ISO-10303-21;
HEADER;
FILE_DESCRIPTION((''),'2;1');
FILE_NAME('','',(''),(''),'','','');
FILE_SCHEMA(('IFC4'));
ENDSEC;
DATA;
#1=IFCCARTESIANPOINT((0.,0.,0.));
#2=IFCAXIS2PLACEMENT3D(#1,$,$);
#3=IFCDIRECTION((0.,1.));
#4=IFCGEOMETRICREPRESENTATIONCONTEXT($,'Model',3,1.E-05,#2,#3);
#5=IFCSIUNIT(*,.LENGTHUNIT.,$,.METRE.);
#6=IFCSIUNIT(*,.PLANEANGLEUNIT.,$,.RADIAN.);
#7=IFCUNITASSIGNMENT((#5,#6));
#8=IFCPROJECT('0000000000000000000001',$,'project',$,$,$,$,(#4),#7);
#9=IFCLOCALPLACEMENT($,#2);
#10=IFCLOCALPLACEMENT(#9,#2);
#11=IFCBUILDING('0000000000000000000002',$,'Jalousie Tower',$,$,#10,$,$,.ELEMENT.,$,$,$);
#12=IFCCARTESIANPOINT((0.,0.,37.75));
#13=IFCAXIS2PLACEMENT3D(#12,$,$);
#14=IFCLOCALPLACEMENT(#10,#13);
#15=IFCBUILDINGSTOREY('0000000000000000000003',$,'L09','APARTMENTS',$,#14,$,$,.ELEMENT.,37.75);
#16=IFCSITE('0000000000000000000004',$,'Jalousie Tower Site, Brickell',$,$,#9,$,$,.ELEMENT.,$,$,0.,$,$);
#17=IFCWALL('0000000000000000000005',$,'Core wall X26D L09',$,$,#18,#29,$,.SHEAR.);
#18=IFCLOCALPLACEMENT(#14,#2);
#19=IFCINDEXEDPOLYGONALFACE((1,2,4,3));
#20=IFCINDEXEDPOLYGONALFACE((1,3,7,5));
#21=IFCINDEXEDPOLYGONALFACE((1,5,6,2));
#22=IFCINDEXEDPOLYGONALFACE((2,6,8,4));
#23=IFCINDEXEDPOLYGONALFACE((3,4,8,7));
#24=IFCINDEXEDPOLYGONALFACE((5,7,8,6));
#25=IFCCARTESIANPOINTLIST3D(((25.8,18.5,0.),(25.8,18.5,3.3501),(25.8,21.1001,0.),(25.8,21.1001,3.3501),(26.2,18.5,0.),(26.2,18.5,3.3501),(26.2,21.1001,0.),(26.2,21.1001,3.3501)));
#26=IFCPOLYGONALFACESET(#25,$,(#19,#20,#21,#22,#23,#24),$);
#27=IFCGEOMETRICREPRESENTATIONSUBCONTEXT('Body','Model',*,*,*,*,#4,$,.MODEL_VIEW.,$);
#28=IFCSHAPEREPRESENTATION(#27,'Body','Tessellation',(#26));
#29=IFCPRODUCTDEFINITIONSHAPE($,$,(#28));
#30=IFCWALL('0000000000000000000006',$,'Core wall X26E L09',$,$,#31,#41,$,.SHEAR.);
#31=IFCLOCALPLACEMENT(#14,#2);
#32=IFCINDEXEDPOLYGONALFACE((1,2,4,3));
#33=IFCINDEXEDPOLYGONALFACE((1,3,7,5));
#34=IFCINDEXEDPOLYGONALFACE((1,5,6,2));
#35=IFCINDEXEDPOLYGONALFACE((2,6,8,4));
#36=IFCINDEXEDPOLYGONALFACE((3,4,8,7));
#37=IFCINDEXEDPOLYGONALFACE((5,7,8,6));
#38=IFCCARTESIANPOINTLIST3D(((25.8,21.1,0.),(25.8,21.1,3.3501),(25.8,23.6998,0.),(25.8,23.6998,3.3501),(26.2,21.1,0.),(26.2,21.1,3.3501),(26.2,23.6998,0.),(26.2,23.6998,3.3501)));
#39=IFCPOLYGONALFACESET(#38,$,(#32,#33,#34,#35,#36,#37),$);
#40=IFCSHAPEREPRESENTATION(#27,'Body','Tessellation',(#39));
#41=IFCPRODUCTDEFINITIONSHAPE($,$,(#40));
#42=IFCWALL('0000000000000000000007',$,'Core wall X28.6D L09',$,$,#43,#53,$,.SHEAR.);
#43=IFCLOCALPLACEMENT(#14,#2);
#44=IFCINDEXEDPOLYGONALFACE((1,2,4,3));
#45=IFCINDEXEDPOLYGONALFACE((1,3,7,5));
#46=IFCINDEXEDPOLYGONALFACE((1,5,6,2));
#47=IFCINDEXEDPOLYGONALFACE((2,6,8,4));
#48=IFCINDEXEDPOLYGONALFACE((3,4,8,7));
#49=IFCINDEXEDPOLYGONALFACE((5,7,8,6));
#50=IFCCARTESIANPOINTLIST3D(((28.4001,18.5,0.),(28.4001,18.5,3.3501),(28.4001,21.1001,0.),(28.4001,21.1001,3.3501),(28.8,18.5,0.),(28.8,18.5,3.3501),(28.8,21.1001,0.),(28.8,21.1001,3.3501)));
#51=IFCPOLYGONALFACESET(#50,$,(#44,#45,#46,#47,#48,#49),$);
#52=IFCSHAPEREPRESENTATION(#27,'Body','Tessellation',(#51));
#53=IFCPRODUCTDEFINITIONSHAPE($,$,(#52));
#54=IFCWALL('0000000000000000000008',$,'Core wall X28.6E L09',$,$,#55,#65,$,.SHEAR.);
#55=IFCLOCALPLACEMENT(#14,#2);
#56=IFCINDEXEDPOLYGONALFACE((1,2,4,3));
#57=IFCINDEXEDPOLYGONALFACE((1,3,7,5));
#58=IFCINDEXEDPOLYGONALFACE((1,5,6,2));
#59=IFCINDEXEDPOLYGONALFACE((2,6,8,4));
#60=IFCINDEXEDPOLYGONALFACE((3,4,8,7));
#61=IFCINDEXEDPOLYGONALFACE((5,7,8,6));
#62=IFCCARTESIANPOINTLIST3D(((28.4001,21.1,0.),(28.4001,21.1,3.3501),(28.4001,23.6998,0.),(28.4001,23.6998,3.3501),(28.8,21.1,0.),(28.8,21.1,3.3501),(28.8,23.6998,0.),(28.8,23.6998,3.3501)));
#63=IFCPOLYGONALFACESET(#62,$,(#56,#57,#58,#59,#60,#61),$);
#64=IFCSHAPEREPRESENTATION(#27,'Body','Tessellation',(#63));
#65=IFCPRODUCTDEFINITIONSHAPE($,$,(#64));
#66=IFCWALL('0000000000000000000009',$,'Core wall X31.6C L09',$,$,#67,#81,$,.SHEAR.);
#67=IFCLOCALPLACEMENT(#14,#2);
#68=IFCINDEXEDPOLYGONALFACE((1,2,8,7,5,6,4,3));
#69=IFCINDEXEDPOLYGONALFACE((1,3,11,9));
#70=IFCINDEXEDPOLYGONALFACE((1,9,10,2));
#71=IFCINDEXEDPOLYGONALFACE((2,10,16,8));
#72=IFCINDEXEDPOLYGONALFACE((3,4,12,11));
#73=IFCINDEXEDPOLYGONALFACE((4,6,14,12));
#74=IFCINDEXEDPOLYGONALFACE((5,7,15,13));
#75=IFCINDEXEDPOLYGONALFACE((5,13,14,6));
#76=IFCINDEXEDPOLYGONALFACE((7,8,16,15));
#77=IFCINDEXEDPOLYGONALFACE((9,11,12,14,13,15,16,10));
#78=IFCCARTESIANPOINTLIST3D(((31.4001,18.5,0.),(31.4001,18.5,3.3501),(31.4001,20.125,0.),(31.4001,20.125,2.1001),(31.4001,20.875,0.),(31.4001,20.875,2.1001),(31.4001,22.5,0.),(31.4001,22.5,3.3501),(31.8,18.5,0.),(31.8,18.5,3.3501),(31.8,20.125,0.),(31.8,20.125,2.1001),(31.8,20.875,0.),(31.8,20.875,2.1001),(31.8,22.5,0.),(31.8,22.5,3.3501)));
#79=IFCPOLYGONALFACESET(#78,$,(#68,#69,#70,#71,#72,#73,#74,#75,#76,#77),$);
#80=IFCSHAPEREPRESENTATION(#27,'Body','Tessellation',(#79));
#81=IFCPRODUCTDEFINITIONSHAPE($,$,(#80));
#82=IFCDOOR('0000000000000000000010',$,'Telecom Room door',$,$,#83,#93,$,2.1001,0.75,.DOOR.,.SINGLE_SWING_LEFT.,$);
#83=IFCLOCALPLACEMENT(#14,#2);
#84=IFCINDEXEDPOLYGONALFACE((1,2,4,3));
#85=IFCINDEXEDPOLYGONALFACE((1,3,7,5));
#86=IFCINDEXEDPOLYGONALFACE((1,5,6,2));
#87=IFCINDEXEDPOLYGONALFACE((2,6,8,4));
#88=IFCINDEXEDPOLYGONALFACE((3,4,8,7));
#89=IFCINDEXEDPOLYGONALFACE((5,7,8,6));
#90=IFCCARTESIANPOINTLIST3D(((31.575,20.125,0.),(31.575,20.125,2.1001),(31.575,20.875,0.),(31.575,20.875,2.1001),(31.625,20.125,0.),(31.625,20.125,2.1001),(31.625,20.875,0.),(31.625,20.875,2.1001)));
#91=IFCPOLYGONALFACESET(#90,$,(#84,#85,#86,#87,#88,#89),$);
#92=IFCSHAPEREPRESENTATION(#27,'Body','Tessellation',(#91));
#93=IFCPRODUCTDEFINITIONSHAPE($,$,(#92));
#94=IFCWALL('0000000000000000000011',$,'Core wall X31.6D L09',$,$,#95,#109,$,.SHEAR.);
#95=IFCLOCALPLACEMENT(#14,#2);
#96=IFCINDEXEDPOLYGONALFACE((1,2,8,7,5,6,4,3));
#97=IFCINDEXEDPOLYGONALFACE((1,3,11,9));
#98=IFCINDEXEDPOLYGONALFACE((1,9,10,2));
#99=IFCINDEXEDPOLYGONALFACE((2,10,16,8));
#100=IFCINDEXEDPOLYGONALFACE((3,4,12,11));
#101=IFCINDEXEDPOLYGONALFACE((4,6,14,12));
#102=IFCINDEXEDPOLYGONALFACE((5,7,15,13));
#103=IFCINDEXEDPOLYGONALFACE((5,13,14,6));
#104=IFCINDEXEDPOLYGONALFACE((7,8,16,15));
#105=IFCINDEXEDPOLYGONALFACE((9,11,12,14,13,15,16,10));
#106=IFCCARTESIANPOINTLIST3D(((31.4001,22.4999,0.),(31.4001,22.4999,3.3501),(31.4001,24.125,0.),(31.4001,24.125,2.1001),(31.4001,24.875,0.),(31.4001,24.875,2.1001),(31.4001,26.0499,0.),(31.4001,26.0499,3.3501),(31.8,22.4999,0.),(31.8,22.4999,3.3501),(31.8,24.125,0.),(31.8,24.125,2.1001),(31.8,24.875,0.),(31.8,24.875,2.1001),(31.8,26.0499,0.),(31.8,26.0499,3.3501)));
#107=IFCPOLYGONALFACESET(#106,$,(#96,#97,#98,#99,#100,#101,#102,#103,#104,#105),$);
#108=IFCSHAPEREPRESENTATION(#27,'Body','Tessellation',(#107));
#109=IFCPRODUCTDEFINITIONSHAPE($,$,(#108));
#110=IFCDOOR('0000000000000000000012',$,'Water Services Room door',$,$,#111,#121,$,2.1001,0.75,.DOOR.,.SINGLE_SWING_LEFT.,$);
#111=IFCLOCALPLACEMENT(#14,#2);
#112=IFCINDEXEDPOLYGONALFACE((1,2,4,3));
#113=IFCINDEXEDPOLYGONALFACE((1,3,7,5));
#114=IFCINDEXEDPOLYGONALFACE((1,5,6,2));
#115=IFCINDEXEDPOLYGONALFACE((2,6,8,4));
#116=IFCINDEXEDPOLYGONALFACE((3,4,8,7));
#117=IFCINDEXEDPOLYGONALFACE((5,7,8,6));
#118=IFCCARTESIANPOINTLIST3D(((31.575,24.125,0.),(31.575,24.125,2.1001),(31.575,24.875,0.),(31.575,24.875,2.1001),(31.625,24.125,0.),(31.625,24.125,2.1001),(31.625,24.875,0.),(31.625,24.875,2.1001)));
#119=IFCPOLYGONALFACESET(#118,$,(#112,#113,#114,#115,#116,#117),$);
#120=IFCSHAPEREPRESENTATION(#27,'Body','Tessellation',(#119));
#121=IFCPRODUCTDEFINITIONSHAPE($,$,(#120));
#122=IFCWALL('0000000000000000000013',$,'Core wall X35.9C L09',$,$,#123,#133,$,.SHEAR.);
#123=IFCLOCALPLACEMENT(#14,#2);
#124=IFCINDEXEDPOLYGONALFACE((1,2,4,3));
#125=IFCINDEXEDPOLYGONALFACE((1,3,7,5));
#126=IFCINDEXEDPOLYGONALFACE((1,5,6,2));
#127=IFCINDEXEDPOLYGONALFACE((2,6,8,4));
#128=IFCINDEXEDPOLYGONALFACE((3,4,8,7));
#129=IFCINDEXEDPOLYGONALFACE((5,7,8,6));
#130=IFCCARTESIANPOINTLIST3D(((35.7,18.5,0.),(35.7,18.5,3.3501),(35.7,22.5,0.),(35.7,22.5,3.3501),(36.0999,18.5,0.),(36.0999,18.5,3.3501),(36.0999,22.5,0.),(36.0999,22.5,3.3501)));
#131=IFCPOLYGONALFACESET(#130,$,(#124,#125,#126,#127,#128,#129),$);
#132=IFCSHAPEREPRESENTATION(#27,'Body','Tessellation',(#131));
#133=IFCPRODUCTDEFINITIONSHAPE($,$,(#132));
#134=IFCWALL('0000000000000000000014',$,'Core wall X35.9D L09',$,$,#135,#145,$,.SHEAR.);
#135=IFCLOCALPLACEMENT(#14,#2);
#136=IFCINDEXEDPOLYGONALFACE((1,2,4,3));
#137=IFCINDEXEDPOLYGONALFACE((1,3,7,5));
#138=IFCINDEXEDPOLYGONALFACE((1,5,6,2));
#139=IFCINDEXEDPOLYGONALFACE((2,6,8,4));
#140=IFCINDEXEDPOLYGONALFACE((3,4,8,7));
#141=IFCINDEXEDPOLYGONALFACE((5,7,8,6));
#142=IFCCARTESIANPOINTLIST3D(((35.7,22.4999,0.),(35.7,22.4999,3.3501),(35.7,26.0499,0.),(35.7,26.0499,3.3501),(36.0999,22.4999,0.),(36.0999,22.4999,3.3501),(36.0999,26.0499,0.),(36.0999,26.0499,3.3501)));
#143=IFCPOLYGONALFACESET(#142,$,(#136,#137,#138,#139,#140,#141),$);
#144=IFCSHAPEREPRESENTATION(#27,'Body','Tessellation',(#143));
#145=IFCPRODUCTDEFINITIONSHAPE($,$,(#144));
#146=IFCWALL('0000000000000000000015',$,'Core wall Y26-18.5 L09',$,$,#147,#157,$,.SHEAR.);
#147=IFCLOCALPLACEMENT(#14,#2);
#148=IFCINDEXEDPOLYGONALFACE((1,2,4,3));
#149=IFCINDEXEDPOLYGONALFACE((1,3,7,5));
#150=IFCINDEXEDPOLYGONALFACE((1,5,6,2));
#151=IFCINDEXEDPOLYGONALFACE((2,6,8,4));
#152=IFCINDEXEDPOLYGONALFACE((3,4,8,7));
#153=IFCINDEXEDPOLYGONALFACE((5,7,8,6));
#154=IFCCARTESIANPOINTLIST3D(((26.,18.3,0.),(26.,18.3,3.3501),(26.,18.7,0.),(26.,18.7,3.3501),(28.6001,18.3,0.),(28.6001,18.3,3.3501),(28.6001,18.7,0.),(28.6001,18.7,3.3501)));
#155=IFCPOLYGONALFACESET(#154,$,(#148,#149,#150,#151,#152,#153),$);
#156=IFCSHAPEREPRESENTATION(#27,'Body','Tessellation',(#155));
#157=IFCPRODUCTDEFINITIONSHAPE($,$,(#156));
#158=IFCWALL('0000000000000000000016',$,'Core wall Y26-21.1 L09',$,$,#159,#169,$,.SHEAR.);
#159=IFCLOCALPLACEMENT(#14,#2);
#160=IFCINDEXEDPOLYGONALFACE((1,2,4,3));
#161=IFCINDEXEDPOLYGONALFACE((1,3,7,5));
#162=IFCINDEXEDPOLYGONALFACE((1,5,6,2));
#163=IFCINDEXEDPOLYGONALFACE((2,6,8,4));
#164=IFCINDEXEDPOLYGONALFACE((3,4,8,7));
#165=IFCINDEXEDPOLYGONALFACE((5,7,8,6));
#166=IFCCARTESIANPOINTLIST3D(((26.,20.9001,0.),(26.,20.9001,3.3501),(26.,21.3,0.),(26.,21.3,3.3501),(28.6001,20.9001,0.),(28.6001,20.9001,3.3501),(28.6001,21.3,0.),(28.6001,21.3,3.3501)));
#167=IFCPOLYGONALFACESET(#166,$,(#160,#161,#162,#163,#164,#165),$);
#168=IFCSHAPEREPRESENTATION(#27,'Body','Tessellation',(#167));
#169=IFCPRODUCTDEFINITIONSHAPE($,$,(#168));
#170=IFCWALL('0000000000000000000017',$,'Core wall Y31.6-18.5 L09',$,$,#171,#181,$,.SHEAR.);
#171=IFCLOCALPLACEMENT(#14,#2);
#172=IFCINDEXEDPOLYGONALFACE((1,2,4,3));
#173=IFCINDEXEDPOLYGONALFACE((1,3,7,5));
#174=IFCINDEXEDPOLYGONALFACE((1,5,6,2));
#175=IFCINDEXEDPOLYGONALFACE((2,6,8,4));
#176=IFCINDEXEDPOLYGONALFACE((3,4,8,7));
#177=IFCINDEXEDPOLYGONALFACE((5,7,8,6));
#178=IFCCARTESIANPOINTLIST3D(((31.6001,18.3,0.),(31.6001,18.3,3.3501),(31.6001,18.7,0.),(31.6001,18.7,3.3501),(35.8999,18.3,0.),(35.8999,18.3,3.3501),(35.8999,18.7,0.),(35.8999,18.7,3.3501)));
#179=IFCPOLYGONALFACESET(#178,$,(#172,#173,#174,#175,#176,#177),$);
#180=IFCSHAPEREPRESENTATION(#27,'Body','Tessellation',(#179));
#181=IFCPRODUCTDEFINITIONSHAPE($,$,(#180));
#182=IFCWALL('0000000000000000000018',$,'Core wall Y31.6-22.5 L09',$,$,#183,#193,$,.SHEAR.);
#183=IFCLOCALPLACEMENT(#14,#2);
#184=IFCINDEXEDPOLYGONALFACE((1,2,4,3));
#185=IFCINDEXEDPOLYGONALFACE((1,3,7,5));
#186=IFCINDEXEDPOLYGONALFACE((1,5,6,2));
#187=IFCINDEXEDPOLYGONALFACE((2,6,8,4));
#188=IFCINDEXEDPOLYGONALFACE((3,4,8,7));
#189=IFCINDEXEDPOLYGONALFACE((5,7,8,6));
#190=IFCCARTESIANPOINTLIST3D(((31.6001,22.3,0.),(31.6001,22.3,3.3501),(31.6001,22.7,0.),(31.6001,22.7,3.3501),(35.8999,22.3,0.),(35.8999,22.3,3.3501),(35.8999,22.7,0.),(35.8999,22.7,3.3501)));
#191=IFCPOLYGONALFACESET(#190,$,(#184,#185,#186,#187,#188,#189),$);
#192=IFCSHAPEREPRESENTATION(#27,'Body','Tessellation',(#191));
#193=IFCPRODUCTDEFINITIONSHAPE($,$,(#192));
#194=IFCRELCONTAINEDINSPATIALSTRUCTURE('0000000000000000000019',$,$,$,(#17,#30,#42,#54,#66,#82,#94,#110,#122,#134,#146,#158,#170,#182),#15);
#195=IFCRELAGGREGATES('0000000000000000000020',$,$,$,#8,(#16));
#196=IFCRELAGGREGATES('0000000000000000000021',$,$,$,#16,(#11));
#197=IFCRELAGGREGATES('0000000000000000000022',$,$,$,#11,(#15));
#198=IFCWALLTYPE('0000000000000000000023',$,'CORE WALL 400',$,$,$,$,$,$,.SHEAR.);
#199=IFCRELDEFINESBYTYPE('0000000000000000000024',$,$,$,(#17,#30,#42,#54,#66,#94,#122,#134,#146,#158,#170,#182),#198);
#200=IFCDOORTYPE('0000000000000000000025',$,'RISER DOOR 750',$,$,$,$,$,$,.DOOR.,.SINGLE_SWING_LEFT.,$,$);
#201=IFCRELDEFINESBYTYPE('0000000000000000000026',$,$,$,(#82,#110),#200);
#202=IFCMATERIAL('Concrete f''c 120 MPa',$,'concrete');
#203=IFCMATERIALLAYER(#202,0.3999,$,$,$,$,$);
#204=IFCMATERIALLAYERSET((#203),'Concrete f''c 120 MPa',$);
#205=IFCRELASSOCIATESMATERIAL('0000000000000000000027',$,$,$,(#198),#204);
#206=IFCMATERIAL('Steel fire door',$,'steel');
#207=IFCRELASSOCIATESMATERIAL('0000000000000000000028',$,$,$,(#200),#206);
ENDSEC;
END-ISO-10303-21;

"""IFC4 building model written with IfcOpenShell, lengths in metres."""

from ifc_helpers import new_model, si_unit, direction, frame, frame_2d, origin, place, context, subcontext, project, spatial, rectangle, extrude, material, layer, layer_set, type_object, element, fill, save


model = new_model("IFC4")

# Units and contexts
model_context = context("Model", 3, precision=1e-05, world=origin(), true_north=direction((0.0, 1.0)))
body_context = subcontext(model_context, "Body", "Model", "MODEL_VIEW")
ifc_project = project(units=[si_unit("LENGTHUNIT", "METRE"), si_unit("PLANEANGLEUNIT", "RADIAN")], contexts=[model_context])

# Site, building, storey
site_placement = place(None, origin())
site = spatial("IfcSite", under=ifc_project, at=site_placement, Name="Jalousie Tower Site, Brickell", CompositionType="ELEMENT", RefElevation=0.0)
building_placement = place(site_placement, origin())
building = spatial("IfcBuilding", under=site, at=building_placement, Name="Jalousie Tower", CompositionType="ELEMENT")
storey_placement = place(building_placement, frame((0.0, 0.0, 37.75)))
storey = spatial("IfcBuildingStorey", under=building, at=storey_placement, Name="L09", Description="APARTMENTS", CompositionType="ELEMENT", Elevation=37.75)

# Walls
ifc_material_1 = material(Name="Concrete f'c 120 MPa", Category="concrete")
ifc_layer = layer(ifc_material_1, 0.3999)
ifc_layer_set = layer_set([ifc_layer], Name="Concrete f'c 120 MPa")
wall_type = type_object("IfcWallType", Name="CORE WALL 400", PredefinedType="SHEAR", material=ifc_layer_set)
wall_1_placement = place(storey_placement, frame((26.0, 18.5, 0.0), z_axis=(0.0, 0.0, 1.0), x_axis=(0.0, 1.0, 0.0)))
element("IfcWall", 1, at=wall_1_placement, inside=storey, type_object=wall_type, Name="Core wall X26D L09", PredefinedType="SHEAR", context=body_context, shape_type="SweptSolid", body=[
    extrude(rectangle(XDim=2.6001, YDim=0.3999, at=frame_2d((1.3, 0.0))), origin(), (0.0, 0.0, 1.0), 3.3501),
])
wall_2_placement = place(storey_placement, frame((26.0, 21.1001, 0.0), z_axis=(0.0, 0.0, 1.0), x_axis=(0.0, 1.0, 0.0)))
element("IfcWall", 2, at=wall_2_placement, inside=storey, type_object=wall_type, Name="Core wall X26E L09", PredefinedType="SHEAR", context=body_context, shape_type="SweptSolid", body=[
    extrude(rectangle(XDim=2.5999, YDim=0.3999, at=frame_2d((1.2998, 0.0))), origin(), (0.0, 0.0, 1.0), 3.3501),
])
wall_3_placement = place(storey_placement, frame((28.6001, 18.5, 0.0), z_axis=(0.0, 0.0, 1.0), x_axis=(0.0, 1.0, 0.0)))
element("IfcWall", 3, at=wall_3_placement, inside=storey, type_object=wall_type, Name="Core wall X28.6D L09", PredefinedType="SHEAR", context=body_context, shape_type="SweptSolid", body=[
    extrude(rectangle(XDim=2.6001, YDim=0.3999, at=frame_2d((1.3, 0.0))), origin(), (0.0, 0.0, 1.0), 3.3501),
])
wall_4_placement = place(storey_placement, frame((28.6001, 21.1001, 0.0), z_axis=(0.0, 0.0, 1.0), x_axis=(0.0, 1.0, 0.0)))
element("IfcWall", 4, at=wall_4_placement, inside=storey, type_object=wall_type, Name="Core wall X28.6E L09", PredefinedType="SHEAR", context=body_context, shape_type="SweptSolid", body=[
    extrude(rectangle(XDim=2.5999, YDim=0.3999, at=frame_2d((1.2998, 0.0))), origin(), (0.0, 0.0, 1.0), 3.3501),
])

# Walls, openings, doors
wall_5_placement = place(storey_placement, frame((31.6001, 18.5, 0.0), z_axis=(0.0, 0.0, 1.0), x_axis=(0.0, 1.0, 0.0)))
wall_5 = element("IfcWall", 5, at=wall_5_placement, inside=storey, type_object=wall_type, Name="Core wall X31.6C L09", PredefinedType="SHEAR", context=body_context, shape_type="SweptSolid", body=[
    extrude(rectangle(XDim=4.0, YDim=0.3999, at=frame_2d((2.0, 0.0))), origin(), (0.0, 0.0, 1.0), 3.3501),
])
opening_1_placement = place(wall_5_placement, frame((1.625, 0.0, 0.0)))
opening_1 = element("IfcOpeningElement", 6, at=opening_1_placement, cuts=wall_5, PredefinedType="OPENING", context=body_context, shape_type="SweptSolid", body=[
    extrude(rectangle(XDim=0.75, YDim=2.1001, at=frame_2d((0.375, 1.05))), frame((0.0, 0.21, 0.0), z_axis=(0.0, -1.0, 0.0), x_axis=(1.0, 0.0, 0.0)), (0.0, 0.0, 1.0), 0.4199),
])
ifc_material_2 = material(Name="Steel fire door", Category="steel")
door_type = type_object("IfcDoorType", Name="RISER DOOR 750", OperationType="SINGLE_SWING_LEFT", PredefinedType="DOOR", material=ifc_material_2)
door_1_placement = place(opening_1_placement, frame((0.75, 0.0, 0.0), z_axis=(0.0, 0.0, 1.0), x_axis=(-1.0, 0.0, 0.0)))
door_1 = element("IfcDoor", 7, at=door_1_placement, inside=storey, type_object=door_type, Name="Telecom Room door", OperationType="SINGLE_SWING_LEFT", OverallHeight=2.1001, OverallWidth=0.75, PredefinedType="DOOR", context=body_context, shape_type="SweptSolid", body=[
    extrude(rectangle(XDim=0.75, YDim=2.1001, at=frame_2d((0.375, 1.05))), frame((0.0, 0.0249, 0.0), z_axis=(0.0, -1.0, 0.0), x_axis=(1.0, 0.0, 0.0)), (0.0, 0.0, 1.0), 0.05),
])
fill(opening_1, door_1)
wall_6_placement = place(storey_placement, frame((31.6001, 22.5, 0.0), z_axis=(0.0, 0.0, 1.0), x_axis=(0.0, 1.0, 0.0)))
wall_6 = element("IfcWall", 8, at=wall_6_placement, inside=storey, type_object=wall_type, Name="Core wall X31.6D L09", PredefinedType="SHEAR", context=body_context, shape_type="SweptSolid", body=[
    extrude(rectangle(XDim=3.55, YDim=0.3999, at=frame_2d((1.7749, 0.0))), origin(), (0.0, 0.0, 1.0), 3.3501),
])
opening_2_placement = place(wall_6_placement, frame((1.625, 0.0, 0.0)))
opening_2 = element("IfcOpeningElement", 9, at=opening_2_placement, cuts=wall_6, PredefinedType="OPENING", context=body_context, shape_type="SweptSolid", body=[
    extrude(rectangle(XDim=0.75, YDim=2.1001, at=frame_2d((0.375, 1.05))), frame((0.0, 0.21, 0.0), z_axis=(0.0, -1.0, 0.0), x_axis=(1.0, 0.0, 0.0)), (0.0, 0.0, 1.0), 0.4199),
])
door_2_placement = place(opening_2_placement, frame((0.75, 0.0, 0.0), z_axis=(0.0, 0.0, 1.0), x_axis=(-1.0, 0.0, 0.0)))
door_2 = element("IfcDoor", 10, at=door_2_placement, inside=storey, type_object=door_type, Name="Water Services Room door", OperationType="SINGLE_SWING_LEFT", OverallHeight=2.1001, OverallWidth=0.75, PredefinedType="DOOR", context=body_context, shape_type="SweptSolid", body=[
    extrude(rectangle(XDim=0.75, YDim=2.1001, at=frame_2d((0.375, 1.05))), frame((0.0, 0.0249, 0.0), z_axis=(0.0, -1.0, 0.0), x_axis=(1.0, 0.0, 0.0)), (0.0, 0.0, 1.0), 0.05),
])
fill(opening_2, door_2)

# Walls
wall_7_placement = place(storey_placement, frame((35.8999, 18.5, 0.0), z_axis=(0.0, 0.0, 1.0), x_axis=(0.0, 1.0, 0.0)))
element("IfcWall", 11, at=wall_7_placement, inside=storey, type_object=wall_type, Name="Core wall X35.9C L09", PredefinedType="SHEAR", context=body_context, shape_type="SweptSolid", body=[
    extrude(rectangle(XDim=4.0, YDim=0.3999, at=frame_2d((2.0, 0.0))), origin(), (0.0, 0.0, 1.0), 3.3501),
])
wall_8_placement = place(storey_placement, frame((35.8999, 22.5, 0.0), z_axis=(0.0, 0.0, 1.0), x_axis=(0.0, 1.0, 0.0)))
element("IfcWall", 12, at=wall_8_placement, inside=storey, type_object=wall_type, Name="Core wall X35.9D L09", PredefinedType="SHEAR", context=body_context, shape_type="SweptSolid", body=[
    extrude(rectangle(XDim=3.55, YDim=0.3999, at=frame_2d((1.7749, 0.0))), origin(), (0.0, 0.0, 1.0), 3.3501),
])
for number, where, z_axis, x_axis, name in (
    (13, (26.0, 18.5, 0.0), (0.0, 0.0, 1.0), (1.0, 0.0, 0.0), "Core wall Y26-18.5 L09"),
    (14, (26.0, 21.1001, 0.0), (0.0, 0.0, 1.0), (1.0, 0.0, 0.0), "Core wall Y26-21.1 L09"),
):
    element("IfcWall", number, at=place(storey_placement, frame(where, z_axis=z_axis, x_axis=x_axis)), inside=storey, type_object=wall_type, Name=name, PredefinedType="SHEAR", context=body_context, shape_type="SweptSolid", body=[
        extrude(rectangle(XDim=2.6001, YDim=0.3999, at=frame_2d((1.3, 0.0))), origin(), (0.0, 0.0, 1.0), 3.3501),
    ])
for number, where, z_axis, x_axis, name in (
    (15, (31.6001, 18.5, 0.0), (0.0, 0.0, 1.0), (1.0, 0.0, 0.0), "Core wall Y31.6-18.5 L09"),
    (16, (31.6001, 22.5, 0.0), (0.0, 0.0, 1.0), (1.0, 0.0, 0.0), "Core wall Y31.6-22.5 L09"),
):
    element("IfcWall", number, at=place(storey_placement, frame(where, z_axis=z_axis, x_axis=x_axis)), inside=storey, type_object=wall_type, Name=name, PredefinedType="SHEAR", context=body_context, shape_type="SweptSolid", body=[
        extrude(rectangle(XDim=4.2998, YDim=0.3999, at=frame_2d((2.1499, 0.0))), origin(), (0.0, 0.0, 1.0), 3.3501),
    ])

save(model, "model.ifc")
